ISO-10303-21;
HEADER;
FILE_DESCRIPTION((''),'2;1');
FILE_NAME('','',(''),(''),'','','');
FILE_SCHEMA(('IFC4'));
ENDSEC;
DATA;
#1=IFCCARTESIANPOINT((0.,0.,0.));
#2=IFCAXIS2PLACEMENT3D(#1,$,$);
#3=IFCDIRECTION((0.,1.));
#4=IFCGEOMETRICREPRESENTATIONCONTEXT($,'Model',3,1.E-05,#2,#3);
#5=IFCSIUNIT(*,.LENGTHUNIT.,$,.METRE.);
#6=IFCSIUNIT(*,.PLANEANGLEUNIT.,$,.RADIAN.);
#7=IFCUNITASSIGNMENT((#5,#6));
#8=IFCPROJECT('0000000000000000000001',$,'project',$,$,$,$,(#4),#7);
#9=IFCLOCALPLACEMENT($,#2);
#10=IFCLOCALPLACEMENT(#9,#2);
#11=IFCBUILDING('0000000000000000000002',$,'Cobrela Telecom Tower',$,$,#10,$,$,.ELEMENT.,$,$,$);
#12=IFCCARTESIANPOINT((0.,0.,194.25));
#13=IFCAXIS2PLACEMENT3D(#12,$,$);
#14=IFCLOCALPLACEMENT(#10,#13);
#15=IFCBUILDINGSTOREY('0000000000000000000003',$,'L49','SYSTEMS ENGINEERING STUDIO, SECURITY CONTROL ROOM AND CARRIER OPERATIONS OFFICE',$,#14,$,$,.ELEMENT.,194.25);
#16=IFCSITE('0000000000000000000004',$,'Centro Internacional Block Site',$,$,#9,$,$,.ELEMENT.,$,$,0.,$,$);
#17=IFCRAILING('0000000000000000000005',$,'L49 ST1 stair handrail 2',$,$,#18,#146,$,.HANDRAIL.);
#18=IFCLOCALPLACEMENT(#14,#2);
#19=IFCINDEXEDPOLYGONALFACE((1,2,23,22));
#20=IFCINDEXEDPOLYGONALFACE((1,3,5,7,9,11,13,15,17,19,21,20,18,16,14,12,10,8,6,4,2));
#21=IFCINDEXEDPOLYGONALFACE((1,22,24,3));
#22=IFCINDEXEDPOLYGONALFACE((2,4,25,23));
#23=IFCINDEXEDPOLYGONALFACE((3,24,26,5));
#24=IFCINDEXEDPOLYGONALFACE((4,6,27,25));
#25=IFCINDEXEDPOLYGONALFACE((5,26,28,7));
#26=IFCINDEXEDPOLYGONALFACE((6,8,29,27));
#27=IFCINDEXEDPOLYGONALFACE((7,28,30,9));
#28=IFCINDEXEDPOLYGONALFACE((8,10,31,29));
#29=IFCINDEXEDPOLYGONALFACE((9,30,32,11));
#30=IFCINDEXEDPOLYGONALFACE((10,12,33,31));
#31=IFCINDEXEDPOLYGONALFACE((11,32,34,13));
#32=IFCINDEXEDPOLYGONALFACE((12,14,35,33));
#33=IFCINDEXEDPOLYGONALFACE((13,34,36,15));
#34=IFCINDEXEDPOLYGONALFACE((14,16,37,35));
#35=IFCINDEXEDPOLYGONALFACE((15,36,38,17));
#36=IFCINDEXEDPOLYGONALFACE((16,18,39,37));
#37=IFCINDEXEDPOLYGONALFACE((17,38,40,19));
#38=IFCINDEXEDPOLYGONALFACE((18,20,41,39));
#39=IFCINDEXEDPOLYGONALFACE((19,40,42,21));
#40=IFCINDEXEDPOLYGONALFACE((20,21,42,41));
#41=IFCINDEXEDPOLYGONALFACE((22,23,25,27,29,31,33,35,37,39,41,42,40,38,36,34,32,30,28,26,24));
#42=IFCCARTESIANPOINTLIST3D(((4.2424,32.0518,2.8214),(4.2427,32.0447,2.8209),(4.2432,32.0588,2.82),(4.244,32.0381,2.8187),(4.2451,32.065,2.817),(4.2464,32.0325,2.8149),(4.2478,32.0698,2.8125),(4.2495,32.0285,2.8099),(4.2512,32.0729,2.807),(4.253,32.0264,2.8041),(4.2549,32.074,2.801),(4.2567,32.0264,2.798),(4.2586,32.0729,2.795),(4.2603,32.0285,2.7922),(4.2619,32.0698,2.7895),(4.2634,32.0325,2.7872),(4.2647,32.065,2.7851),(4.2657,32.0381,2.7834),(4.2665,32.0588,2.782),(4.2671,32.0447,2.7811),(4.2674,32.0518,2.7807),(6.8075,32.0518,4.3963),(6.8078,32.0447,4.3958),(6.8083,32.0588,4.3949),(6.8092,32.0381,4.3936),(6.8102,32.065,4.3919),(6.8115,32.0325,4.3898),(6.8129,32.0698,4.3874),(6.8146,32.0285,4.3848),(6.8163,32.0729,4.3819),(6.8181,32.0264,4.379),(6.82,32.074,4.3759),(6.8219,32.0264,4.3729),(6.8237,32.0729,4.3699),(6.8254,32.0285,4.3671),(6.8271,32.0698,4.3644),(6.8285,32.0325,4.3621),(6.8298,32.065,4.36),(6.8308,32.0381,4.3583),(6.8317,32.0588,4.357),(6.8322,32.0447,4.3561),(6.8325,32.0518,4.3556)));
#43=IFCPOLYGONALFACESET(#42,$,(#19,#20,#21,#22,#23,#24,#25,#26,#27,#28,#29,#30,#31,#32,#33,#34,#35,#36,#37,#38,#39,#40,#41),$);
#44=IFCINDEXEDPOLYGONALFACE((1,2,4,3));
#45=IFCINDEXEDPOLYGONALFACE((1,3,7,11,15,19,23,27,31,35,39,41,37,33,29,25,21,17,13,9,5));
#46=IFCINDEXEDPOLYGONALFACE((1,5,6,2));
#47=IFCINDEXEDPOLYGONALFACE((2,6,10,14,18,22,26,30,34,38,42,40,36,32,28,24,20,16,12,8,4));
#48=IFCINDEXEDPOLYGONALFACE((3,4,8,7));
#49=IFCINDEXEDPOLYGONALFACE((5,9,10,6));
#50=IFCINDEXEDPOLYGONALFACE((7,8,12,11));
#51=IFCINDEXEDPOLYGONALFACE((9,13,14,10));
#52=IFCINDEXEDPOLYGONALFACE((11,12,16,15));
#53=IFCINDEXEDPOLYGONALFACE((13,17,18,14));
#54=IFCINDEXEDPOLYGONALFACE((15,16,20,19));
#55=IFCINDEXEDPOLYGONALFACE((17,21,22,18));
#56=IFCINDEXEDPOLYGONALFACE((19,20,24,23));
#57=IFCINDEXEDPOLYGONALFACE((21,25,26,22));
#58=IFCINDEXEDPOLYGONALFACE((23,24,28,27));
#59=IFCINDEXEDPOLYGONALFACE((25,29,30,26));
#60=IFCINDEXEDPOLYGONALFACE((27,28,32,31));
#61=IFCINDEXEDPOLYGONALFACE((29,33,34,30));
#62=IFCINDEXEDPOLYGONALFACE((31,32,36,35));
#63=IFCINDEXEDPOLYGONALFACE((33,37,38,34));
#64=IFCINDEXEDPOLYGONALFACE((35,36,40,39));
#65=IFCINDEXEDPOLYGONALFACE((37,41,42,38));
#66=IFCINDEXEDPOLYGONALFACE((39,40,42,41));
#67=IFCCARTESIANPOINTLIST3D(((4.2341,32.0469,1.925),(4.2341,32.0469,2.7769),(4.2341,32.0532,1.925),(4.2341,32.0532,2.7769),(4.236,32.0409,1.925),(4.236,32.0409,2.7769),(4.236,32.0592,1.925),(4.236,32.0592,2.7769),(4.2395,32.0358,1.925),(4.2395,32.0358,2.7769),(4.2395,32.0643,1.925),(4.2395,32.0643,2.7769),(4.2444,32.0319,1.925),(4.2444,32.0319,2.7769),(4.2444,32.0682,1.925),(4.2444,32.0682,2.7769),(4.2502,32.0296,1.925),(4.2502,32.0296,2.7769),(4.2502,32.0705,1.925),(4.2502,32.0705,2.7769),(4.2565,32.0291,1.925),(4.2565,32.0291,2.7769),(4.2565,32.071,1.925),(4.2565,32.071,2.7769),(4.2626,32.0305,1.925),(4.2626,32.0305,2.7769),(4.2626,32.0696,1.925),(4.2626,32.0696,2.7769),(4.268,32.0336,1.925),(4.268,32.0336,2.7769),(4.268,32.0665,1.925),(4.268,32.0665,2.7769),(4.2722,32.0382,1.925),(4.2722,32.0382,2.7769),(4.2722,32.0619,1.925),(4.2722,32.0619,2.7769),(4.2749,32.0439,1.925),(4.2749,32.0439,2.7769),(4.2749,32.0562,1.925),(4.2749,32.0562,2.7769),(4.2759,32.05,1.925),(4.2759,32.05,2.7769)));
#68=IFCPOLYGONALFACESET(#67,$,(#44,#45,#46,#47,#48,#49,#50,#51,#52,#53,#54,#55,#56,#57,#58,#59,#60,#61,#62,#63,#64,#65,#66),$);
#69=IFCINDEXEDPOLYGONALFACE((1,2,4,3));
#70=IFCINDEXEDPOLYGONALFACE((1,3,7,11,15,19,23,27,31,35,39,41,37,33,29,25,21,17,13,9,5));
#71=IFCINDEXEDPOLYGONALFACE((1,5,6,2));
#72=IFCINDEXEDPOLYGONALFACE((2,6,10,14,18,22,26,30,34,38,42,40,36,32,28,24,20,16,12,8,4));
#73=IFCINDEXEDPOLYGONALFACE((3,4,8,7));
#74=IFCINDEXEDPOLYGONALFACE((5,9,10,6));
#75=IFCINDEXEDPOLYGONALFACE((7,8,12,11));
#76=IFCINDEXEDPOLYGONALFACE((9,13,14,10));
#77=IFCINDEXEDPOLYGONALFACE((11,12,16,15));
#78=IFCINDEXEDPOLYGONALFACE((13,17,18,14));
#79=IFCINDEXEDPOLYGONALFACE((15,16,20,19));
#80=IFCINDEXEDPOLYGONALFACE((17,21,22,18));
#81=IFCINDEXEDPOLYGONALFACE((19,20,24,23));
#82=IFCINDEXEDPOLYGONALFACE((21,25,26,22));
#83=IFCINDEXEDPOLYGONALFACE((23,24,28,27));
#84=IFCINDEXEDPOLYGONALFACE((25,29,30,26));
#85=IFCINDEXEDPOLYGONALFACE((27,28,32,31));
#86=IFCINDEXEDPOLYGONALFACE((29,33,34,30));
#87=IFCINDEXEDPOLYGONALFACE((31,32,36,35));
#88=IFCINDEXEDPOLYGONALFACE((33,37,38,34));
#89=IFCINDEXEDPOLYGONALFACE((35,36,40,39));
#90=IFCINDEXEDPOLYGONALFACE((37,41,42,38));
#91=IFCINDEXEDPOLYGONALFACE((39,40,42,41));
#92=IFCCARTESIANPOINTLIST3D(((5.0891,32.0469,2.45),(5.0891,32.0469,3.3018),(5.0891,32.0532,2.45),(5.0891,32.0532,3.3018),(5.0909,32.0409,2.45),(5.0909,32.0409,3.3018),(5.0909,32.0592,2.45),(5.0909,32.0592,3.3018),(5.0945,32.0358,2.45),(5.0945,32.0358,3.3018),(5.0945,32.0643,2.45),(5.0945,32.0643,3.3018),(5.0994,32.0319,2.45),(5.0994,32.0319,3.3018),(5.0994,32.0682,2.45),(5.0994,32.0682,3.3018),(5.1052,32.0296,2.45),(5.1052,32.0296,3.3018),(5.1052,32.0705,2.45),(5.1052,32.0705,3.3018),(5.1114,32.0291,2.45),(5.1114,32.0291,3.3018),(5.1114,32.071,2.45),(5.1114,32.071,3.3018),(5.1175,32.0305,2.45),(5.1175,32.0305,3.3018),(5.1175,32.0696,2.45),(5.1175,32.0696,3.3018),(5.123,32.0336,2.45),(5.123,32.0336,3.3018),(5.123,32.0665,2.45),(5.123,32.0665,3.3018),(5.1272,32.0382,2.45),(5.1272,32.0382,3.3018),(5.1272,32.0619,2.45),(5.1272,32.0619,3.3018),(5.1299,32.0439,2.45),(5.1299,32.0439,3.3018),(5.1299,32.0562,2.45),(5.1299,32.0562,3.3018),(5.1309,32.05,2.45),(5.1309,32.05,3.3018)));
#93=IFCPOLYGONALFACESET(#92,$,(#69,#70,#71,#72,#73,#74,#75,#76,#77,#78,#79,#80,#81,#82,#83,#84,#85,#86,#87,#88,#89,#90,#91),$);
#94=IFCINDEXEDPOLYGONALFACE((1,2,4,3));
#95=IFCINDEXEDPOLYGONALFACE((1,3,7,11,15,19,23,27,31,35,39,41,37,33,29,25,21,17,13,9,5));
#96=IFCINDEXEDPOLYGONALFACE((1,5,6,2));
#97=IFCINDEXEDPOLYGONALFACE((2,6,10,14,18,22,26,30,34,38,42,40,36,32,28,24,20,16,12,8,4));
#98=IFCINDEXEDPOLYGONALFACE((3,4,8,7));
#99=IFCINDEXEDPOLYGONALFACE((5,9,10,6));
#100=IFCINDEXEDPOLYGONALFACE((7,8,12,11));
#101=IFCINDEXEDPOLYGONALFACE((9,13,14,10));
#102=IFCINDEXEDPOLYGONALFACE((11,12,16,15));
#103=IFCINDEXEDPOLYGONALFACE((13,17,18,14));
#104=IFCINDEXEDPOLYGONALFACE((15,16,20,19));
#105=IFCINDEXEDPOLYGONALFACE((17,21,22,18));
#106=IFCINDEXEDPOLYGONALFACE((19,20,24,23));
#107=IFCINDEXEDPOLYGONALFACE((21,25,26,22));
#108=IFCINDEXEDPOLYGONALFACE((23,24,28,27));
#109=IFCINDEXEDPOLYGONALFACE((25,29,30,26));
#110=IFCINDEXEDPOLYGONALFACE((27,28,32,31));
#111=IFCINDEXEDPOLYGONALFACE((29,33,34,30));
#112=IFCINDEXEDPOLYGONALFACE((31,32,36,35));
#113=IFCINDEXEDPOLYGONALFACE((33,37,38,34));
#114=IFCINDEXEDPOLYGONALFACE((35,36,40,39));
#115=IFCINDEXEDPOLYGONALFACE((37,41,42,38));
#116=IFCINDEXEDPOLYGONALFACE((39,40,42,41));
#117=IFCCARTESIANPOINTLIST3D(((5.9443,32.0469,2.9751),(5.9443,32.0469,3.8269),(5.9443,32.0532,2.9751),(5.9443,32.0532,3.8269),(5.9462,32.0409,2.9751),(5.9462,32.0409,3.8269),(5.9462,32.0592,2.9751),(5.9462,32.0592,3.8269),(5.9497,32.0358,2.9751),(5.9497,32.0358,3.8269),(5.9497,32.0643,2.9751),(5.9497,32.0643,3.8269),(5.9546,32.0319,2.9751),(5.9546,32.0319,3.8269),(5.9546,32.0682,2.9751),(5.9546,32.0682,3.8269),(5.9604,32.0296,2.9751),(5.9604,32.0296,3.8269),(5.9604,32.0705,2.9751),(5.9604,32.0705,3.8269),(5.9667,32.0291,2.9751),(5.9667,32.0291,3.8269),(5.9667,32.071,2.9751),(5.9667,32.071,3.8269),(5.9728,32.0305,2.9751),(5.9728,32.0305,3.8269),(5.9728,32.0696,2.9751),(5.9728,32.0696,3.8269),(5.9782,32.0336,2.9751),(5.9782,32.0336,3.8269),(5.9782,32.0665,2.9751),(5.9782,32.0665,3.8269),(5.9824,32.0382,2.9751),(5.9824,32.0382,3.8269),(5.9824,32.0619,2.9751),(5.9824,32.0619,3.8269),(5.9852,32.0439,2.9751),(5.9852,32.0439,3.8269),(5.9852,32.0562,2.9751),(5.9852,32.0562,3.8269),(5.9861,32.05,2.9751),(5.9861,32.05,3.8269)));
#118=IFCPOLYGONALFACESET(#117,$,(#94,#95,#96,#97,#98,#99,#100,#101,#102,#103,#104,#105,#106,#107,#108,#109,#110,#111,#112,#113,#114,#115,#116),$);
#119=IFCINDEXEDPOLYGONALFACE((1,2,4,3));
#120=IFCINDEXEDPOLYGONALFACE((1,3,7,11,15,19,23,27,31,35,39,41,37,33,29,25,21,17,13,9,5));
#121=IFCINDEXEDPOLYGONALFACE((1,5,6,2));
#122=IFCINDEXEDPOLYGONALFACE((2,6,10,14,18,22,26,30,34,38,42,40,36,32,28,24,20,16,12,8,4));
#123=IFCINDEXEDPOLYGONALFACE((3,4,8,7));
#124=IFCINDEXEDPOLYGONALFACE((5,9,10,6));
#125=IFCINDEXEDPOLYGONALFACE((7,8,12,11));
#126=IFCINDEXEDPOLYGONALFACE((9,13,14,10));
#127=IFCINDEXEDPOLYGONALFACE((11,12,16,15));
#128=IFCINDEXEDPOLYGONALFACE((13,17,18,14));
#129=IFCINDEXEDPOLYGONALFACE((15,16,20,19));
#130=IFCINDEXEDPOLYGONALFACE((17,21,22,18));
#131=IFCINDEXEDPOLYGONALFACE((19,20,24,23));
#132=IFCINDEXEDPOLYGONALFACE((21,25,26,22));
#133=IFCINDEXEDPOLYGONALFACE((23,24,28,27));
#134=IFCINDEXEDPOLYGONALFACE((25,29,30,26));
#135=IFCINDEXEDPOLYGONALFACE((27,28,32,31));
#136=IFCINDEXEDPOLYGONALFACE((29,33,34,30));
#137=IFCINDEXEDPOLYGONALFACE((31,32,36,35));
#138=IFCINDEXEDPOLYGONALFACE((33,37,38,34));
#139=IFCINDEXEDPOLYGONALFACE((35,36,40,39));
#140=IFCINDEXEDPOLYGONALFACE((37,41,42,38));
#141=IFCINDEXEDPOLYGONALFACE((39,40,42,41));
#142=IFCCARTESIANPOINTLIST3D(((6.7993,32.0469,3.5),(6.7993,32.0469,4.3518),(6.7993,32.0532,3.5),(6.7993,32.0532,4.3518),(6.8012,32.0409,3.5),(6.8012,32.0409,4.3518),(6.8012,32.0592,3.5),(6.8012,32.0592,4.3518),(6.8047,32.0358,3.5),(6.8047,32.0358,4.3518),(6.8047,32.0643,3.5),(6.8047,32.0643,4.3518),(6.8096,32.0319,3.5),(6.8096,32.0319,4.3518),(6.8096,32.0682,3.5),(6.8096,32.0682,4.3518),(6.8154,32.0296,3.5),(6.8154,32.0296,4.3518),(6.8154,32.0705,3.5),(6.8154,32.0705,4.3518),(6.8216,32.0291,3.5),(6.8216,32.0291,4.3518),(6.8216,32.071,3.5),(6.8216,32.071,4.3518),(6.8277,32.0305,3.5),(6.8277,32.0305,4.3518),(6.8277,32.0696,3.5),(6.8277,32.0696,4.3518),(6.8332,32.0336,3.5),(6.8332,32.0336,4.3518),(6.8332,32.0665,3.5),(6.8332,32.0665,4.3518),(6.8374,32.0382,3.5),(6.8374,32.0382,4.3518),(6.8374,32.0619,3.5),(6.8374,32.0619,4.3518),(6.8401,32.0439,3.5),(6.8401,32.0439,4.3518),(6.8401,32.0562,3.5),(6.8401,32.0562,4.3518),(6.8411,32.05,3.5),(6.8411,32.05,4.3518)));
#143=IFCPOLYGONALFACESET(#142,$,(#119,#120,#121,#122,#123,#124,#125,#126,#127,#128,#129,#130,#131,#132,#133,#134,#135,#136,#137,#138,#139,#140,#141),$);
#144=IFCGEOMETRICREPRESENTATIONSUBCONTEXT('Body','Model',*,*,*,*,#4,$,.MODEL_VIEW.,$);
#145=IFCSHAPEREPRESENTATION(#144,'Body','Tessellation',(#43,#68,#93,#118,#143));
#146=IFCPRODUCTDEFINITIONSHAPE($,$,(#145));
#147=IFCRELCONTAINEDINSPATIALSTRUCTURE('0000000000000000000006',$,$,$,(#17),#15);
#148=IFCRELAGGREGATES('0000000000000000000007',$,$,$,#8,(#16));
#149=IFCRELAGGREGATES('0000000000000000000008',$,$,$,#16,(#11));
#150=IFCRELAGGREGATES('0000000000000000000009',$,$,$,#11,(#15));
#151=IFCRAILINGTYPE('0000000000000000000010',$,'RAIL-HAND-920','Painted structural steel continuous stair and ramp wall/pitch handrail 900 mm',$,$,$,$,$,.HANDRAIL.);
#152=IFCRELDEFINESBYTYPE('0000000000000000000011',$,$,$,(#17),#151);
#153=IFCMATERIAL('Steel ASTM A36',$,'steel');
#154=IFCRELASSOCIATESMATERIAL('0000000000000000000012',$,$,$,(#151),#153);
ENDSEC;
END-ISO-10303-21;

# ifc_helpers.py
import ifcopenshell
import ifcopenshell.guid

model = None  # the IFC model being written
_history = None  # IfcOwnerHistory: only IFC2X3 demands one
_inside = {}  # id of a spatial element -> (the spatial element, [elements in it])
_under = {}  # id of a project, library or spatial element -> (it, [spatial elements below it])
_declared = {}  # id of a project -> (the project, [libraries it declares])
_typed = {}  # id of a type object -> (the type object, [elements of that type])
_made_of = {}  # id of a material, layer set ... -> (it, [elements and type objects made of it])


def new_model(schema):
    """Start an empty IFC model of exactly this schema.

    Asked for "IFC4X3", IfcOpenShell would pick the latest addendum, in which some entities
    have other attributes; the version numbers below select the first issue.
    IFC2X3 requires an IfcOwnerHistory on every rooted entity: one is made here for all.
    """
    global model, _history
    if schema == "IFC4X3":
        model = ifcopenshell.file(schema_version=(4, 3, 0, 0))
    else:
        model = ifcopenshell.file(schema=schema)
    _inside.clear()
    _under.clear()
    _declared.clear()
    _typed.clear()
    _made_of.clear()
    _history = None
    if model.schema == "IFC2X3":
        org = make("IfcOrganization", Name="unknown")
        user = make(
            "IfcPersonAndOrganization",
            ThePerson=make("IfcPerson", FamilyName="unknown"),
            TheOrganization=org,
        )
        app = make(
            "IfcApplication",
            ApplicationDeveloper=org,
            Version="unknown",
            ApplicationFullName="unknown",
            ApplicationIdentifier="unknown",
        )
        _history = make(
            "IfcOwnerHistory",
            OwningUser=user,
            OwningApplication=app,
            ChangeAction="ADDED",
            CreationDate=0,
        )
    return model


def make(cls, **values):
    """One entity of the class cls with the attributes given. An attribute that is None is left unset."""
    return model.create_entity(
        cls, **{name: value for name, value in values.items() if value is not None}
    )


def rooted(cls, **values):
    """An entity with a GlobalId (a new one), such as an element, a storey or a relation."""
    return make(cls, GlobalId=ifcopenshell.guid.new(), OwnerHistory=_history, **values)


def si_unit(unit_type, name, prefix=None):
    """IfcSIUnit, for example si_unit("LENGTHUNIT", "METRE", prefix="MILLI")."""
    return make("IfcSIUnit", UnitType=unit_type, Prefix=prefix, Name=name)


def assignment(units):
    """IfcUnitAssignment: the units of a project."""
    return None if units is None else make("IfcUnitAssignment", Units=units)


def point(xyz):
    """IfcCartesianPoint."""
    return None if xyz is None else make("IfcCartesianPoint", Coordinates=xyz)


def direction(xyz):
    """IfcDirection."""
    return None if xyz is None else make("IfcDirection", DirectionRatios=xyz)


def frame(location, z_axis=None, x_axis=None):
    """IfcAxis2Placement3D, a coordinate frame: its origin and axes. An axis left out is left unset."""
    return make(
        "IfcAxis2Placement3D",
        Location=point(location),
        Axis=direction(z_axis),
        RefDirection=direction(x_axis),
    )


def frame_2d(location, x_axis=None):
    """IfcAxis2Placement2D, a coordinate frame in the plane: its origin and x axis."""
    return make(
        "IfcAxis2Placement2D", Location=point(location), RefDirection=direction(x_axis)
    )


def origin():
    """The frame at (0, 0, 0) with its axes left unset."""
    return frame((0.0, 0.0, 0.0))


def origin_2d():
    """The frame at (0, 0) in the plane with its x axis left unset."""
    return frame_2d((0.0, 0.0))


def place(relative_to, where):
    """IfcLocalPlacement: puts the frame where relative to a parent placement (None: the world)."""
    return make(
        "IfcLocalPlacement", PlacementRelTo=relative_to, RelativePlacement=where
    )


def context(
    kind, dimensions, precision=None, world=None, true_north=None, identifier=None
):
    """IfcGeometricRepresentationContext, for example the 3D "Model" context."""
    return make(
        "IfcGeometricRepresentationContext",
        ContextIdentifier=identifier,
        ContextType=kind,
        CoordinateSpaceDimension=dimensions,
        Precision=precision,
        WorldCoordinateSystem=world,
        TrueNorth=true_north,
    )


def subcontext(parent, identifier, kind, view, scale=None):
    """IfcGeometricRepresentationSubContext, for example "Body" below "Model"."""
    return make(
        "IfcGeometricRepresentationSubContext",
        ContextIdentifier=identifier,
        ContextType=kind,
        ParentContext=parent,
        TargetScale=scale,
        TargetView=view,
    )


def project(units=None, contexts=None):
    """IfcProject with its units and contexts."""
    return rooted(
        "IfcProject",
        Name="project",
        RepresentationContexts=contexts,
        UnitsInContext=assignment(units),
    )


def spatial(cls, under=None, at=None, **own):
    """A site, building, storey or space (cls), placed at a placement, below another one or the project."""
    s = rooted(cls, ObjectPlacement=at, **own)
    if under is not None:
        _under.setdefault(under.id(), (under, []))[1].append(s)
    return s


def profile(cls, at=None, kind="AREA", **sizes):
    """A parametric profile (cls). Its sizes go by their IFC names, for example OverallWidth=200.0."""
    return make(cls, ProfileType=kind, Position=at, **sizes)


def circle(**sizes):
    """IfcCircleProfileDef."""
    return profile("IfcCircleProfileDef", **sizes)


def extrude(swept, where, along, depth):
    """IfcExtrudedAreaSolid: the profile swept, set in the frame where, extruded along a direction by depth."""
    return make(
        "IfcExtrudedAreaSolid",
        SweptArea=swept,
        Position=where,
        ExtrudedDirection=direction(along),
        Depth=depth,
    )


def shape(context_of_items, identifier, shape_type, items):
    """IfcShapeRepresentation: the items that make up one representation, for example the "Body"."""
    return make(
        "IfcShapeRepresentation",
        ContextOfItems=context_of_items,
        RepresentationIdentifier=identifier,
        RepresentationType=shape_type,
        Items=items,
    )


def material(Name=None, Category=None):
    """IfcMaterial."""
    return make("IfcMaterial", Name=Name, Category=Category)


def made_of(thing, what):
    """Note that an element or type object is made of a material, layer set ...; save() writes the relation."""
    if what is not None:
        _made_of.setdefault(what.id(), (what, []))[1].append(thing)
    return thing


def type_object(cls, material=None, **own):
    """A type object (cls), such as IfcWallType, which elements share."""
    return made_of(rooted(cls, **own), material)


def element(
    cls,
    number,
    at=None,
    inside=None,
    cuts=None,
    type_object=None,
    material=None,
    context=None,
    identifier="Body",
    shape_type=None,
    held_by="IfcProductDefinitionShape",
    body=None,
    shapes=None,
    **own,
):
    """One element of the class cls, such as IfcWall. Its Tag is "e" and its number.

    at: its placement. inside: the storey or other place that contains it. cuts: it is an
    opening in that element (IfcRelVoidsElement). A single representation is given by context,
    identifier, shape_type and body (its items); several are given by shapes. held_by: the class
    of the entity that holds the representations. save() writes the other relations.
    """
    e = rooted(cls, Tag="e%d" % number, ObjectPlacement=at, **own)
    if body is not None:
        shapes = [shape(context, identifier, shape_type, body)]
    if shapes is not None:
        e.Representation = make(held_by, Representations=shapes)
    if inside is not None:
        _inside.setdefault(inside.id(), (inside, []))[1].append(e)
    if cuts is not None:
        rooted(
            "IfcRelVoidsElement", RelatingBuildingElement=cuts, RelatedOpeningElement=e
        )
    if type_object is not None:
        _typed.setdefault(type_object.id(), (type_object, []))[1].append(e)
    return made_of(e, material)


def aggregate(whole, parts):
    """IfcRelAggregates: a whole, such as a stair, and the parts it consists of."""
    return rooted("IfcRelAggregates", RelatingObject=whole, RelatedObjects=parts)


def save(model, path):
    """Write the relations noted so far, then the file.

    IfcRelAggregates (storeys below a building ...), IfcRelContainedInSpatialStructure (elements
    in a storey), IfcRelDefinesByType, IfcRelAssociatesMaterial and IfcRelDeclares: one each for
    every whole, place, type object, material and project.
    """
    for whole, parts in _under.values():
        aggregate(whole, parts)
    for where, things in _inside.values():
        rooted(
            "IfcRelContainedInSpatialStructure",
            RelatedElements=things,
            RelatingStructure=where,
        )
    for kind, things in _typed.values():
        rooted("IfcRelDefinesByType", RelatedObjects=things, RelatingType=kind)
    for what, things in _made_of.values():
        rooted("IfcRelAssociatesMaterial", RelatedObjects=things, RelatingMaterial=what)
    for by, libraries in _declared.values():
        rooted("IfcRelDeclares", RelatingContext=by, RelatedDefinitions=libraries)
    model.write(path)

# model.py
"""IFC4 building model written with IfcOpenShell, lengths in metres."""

from ifc_helpers import new_model, si_unit, direction, frame, origin, origin_2d, place, context, subcontext, project, spatial, circle, extrude, material, type_object, element, save


model = new_model("IFC4")

# Units and contexts
model_context = context("Model", 3, precision=1e-05, world=origin(), true_north=direction((0.0, 1.0)))
body_context = subcontext(model_context, "Body", "Model", "MODEL_VIEW")
ifc_project = project(units=[si_unit("LENGTHUNIT", "METRE"), si_unit("PLANEANGLEUNIT", "RADIAN")], contexts=[model_context])

# Site, building, storey
site_placement = place(None, origin())
site = spatial("IfcSite", under=ifc_project, at=site_placement, Name="Centro Internacional Block Site", CompositionType="ELEMENT", RefElevation=0.0)
building_placement = place(site_placement, origin())
building = spatial("IfcBuilding", under=site, at=building_placement, Name="Cobrela Telecom Tower", CompositionType="ELEMENT")
storey_placement = place(building_placement, frame((0.0, 0.0, 194.25)))
storey = spatial("IfcBuildingStorey", under=building, at=storey_placement, Name="L49", Description="SYSTEMS ENGINEERING STUDIO, SECURITY CONTROL ROOM AND CARRIER OPERATIONS OFFICE", CompositionType="ELEMENT", Elevation=194.25)

# Shared definitions
ifc_material_1 = material(Name="Steel ASTM A36", Category="steel")

# Railing
railing_type_1 = type_object("IfcRailingType", Name="RAIL-HAND-920", Description="Painted structural steel continuous stair and ramp wall/pitch handrail 900 mm", PredefinedType="HANDRAIL", material=ifc_material_1)
railing_1_placement = place(storey_placement, frame((4.2549, 32.05, 1.925)))
element("IfcRailing", 1, at=railing_1_placement, inside=storey, type_object=railing_type_1, Name="L49 ST1 stair handrail 2", PredefinedType="HANDRAIL", context=body_context, shape_type="SweptSolid", body=[
    extrude(circle(Radius=0.0239, at=origin_2d()), frame((0.0, 0.0, 0.876), z_axis=(0.852195, 0.0, 0.523224), x_axis=(0.0, 1.0, 0.0)), (0.0, 0.0, 1.0), 3.01),
    extrude(circle(Radius=0.021, at=origin_2d()), origin(), (0.0, 0.0, 1.0), 0.8518),
    extrude(circle(Radius=0.021, at=origin_2d()), frame((0.855, 0.0, 0.5249)), (0.0, 0.0, 1.0), 0.8518),
    extrude(circle(Radius=0.021, at=origin_2d()), frame((1.7102, 0.0, 1.05)), (0.0, 0.0, 1.0), 0.8518),
    extrude(circle(Radius=0.021, at=origin_2d()), frame((2.5652, 0.0, 1.575)), (0.0, 0.0, 1.0), 0.8518),
])

save(model, "model.ifc")
